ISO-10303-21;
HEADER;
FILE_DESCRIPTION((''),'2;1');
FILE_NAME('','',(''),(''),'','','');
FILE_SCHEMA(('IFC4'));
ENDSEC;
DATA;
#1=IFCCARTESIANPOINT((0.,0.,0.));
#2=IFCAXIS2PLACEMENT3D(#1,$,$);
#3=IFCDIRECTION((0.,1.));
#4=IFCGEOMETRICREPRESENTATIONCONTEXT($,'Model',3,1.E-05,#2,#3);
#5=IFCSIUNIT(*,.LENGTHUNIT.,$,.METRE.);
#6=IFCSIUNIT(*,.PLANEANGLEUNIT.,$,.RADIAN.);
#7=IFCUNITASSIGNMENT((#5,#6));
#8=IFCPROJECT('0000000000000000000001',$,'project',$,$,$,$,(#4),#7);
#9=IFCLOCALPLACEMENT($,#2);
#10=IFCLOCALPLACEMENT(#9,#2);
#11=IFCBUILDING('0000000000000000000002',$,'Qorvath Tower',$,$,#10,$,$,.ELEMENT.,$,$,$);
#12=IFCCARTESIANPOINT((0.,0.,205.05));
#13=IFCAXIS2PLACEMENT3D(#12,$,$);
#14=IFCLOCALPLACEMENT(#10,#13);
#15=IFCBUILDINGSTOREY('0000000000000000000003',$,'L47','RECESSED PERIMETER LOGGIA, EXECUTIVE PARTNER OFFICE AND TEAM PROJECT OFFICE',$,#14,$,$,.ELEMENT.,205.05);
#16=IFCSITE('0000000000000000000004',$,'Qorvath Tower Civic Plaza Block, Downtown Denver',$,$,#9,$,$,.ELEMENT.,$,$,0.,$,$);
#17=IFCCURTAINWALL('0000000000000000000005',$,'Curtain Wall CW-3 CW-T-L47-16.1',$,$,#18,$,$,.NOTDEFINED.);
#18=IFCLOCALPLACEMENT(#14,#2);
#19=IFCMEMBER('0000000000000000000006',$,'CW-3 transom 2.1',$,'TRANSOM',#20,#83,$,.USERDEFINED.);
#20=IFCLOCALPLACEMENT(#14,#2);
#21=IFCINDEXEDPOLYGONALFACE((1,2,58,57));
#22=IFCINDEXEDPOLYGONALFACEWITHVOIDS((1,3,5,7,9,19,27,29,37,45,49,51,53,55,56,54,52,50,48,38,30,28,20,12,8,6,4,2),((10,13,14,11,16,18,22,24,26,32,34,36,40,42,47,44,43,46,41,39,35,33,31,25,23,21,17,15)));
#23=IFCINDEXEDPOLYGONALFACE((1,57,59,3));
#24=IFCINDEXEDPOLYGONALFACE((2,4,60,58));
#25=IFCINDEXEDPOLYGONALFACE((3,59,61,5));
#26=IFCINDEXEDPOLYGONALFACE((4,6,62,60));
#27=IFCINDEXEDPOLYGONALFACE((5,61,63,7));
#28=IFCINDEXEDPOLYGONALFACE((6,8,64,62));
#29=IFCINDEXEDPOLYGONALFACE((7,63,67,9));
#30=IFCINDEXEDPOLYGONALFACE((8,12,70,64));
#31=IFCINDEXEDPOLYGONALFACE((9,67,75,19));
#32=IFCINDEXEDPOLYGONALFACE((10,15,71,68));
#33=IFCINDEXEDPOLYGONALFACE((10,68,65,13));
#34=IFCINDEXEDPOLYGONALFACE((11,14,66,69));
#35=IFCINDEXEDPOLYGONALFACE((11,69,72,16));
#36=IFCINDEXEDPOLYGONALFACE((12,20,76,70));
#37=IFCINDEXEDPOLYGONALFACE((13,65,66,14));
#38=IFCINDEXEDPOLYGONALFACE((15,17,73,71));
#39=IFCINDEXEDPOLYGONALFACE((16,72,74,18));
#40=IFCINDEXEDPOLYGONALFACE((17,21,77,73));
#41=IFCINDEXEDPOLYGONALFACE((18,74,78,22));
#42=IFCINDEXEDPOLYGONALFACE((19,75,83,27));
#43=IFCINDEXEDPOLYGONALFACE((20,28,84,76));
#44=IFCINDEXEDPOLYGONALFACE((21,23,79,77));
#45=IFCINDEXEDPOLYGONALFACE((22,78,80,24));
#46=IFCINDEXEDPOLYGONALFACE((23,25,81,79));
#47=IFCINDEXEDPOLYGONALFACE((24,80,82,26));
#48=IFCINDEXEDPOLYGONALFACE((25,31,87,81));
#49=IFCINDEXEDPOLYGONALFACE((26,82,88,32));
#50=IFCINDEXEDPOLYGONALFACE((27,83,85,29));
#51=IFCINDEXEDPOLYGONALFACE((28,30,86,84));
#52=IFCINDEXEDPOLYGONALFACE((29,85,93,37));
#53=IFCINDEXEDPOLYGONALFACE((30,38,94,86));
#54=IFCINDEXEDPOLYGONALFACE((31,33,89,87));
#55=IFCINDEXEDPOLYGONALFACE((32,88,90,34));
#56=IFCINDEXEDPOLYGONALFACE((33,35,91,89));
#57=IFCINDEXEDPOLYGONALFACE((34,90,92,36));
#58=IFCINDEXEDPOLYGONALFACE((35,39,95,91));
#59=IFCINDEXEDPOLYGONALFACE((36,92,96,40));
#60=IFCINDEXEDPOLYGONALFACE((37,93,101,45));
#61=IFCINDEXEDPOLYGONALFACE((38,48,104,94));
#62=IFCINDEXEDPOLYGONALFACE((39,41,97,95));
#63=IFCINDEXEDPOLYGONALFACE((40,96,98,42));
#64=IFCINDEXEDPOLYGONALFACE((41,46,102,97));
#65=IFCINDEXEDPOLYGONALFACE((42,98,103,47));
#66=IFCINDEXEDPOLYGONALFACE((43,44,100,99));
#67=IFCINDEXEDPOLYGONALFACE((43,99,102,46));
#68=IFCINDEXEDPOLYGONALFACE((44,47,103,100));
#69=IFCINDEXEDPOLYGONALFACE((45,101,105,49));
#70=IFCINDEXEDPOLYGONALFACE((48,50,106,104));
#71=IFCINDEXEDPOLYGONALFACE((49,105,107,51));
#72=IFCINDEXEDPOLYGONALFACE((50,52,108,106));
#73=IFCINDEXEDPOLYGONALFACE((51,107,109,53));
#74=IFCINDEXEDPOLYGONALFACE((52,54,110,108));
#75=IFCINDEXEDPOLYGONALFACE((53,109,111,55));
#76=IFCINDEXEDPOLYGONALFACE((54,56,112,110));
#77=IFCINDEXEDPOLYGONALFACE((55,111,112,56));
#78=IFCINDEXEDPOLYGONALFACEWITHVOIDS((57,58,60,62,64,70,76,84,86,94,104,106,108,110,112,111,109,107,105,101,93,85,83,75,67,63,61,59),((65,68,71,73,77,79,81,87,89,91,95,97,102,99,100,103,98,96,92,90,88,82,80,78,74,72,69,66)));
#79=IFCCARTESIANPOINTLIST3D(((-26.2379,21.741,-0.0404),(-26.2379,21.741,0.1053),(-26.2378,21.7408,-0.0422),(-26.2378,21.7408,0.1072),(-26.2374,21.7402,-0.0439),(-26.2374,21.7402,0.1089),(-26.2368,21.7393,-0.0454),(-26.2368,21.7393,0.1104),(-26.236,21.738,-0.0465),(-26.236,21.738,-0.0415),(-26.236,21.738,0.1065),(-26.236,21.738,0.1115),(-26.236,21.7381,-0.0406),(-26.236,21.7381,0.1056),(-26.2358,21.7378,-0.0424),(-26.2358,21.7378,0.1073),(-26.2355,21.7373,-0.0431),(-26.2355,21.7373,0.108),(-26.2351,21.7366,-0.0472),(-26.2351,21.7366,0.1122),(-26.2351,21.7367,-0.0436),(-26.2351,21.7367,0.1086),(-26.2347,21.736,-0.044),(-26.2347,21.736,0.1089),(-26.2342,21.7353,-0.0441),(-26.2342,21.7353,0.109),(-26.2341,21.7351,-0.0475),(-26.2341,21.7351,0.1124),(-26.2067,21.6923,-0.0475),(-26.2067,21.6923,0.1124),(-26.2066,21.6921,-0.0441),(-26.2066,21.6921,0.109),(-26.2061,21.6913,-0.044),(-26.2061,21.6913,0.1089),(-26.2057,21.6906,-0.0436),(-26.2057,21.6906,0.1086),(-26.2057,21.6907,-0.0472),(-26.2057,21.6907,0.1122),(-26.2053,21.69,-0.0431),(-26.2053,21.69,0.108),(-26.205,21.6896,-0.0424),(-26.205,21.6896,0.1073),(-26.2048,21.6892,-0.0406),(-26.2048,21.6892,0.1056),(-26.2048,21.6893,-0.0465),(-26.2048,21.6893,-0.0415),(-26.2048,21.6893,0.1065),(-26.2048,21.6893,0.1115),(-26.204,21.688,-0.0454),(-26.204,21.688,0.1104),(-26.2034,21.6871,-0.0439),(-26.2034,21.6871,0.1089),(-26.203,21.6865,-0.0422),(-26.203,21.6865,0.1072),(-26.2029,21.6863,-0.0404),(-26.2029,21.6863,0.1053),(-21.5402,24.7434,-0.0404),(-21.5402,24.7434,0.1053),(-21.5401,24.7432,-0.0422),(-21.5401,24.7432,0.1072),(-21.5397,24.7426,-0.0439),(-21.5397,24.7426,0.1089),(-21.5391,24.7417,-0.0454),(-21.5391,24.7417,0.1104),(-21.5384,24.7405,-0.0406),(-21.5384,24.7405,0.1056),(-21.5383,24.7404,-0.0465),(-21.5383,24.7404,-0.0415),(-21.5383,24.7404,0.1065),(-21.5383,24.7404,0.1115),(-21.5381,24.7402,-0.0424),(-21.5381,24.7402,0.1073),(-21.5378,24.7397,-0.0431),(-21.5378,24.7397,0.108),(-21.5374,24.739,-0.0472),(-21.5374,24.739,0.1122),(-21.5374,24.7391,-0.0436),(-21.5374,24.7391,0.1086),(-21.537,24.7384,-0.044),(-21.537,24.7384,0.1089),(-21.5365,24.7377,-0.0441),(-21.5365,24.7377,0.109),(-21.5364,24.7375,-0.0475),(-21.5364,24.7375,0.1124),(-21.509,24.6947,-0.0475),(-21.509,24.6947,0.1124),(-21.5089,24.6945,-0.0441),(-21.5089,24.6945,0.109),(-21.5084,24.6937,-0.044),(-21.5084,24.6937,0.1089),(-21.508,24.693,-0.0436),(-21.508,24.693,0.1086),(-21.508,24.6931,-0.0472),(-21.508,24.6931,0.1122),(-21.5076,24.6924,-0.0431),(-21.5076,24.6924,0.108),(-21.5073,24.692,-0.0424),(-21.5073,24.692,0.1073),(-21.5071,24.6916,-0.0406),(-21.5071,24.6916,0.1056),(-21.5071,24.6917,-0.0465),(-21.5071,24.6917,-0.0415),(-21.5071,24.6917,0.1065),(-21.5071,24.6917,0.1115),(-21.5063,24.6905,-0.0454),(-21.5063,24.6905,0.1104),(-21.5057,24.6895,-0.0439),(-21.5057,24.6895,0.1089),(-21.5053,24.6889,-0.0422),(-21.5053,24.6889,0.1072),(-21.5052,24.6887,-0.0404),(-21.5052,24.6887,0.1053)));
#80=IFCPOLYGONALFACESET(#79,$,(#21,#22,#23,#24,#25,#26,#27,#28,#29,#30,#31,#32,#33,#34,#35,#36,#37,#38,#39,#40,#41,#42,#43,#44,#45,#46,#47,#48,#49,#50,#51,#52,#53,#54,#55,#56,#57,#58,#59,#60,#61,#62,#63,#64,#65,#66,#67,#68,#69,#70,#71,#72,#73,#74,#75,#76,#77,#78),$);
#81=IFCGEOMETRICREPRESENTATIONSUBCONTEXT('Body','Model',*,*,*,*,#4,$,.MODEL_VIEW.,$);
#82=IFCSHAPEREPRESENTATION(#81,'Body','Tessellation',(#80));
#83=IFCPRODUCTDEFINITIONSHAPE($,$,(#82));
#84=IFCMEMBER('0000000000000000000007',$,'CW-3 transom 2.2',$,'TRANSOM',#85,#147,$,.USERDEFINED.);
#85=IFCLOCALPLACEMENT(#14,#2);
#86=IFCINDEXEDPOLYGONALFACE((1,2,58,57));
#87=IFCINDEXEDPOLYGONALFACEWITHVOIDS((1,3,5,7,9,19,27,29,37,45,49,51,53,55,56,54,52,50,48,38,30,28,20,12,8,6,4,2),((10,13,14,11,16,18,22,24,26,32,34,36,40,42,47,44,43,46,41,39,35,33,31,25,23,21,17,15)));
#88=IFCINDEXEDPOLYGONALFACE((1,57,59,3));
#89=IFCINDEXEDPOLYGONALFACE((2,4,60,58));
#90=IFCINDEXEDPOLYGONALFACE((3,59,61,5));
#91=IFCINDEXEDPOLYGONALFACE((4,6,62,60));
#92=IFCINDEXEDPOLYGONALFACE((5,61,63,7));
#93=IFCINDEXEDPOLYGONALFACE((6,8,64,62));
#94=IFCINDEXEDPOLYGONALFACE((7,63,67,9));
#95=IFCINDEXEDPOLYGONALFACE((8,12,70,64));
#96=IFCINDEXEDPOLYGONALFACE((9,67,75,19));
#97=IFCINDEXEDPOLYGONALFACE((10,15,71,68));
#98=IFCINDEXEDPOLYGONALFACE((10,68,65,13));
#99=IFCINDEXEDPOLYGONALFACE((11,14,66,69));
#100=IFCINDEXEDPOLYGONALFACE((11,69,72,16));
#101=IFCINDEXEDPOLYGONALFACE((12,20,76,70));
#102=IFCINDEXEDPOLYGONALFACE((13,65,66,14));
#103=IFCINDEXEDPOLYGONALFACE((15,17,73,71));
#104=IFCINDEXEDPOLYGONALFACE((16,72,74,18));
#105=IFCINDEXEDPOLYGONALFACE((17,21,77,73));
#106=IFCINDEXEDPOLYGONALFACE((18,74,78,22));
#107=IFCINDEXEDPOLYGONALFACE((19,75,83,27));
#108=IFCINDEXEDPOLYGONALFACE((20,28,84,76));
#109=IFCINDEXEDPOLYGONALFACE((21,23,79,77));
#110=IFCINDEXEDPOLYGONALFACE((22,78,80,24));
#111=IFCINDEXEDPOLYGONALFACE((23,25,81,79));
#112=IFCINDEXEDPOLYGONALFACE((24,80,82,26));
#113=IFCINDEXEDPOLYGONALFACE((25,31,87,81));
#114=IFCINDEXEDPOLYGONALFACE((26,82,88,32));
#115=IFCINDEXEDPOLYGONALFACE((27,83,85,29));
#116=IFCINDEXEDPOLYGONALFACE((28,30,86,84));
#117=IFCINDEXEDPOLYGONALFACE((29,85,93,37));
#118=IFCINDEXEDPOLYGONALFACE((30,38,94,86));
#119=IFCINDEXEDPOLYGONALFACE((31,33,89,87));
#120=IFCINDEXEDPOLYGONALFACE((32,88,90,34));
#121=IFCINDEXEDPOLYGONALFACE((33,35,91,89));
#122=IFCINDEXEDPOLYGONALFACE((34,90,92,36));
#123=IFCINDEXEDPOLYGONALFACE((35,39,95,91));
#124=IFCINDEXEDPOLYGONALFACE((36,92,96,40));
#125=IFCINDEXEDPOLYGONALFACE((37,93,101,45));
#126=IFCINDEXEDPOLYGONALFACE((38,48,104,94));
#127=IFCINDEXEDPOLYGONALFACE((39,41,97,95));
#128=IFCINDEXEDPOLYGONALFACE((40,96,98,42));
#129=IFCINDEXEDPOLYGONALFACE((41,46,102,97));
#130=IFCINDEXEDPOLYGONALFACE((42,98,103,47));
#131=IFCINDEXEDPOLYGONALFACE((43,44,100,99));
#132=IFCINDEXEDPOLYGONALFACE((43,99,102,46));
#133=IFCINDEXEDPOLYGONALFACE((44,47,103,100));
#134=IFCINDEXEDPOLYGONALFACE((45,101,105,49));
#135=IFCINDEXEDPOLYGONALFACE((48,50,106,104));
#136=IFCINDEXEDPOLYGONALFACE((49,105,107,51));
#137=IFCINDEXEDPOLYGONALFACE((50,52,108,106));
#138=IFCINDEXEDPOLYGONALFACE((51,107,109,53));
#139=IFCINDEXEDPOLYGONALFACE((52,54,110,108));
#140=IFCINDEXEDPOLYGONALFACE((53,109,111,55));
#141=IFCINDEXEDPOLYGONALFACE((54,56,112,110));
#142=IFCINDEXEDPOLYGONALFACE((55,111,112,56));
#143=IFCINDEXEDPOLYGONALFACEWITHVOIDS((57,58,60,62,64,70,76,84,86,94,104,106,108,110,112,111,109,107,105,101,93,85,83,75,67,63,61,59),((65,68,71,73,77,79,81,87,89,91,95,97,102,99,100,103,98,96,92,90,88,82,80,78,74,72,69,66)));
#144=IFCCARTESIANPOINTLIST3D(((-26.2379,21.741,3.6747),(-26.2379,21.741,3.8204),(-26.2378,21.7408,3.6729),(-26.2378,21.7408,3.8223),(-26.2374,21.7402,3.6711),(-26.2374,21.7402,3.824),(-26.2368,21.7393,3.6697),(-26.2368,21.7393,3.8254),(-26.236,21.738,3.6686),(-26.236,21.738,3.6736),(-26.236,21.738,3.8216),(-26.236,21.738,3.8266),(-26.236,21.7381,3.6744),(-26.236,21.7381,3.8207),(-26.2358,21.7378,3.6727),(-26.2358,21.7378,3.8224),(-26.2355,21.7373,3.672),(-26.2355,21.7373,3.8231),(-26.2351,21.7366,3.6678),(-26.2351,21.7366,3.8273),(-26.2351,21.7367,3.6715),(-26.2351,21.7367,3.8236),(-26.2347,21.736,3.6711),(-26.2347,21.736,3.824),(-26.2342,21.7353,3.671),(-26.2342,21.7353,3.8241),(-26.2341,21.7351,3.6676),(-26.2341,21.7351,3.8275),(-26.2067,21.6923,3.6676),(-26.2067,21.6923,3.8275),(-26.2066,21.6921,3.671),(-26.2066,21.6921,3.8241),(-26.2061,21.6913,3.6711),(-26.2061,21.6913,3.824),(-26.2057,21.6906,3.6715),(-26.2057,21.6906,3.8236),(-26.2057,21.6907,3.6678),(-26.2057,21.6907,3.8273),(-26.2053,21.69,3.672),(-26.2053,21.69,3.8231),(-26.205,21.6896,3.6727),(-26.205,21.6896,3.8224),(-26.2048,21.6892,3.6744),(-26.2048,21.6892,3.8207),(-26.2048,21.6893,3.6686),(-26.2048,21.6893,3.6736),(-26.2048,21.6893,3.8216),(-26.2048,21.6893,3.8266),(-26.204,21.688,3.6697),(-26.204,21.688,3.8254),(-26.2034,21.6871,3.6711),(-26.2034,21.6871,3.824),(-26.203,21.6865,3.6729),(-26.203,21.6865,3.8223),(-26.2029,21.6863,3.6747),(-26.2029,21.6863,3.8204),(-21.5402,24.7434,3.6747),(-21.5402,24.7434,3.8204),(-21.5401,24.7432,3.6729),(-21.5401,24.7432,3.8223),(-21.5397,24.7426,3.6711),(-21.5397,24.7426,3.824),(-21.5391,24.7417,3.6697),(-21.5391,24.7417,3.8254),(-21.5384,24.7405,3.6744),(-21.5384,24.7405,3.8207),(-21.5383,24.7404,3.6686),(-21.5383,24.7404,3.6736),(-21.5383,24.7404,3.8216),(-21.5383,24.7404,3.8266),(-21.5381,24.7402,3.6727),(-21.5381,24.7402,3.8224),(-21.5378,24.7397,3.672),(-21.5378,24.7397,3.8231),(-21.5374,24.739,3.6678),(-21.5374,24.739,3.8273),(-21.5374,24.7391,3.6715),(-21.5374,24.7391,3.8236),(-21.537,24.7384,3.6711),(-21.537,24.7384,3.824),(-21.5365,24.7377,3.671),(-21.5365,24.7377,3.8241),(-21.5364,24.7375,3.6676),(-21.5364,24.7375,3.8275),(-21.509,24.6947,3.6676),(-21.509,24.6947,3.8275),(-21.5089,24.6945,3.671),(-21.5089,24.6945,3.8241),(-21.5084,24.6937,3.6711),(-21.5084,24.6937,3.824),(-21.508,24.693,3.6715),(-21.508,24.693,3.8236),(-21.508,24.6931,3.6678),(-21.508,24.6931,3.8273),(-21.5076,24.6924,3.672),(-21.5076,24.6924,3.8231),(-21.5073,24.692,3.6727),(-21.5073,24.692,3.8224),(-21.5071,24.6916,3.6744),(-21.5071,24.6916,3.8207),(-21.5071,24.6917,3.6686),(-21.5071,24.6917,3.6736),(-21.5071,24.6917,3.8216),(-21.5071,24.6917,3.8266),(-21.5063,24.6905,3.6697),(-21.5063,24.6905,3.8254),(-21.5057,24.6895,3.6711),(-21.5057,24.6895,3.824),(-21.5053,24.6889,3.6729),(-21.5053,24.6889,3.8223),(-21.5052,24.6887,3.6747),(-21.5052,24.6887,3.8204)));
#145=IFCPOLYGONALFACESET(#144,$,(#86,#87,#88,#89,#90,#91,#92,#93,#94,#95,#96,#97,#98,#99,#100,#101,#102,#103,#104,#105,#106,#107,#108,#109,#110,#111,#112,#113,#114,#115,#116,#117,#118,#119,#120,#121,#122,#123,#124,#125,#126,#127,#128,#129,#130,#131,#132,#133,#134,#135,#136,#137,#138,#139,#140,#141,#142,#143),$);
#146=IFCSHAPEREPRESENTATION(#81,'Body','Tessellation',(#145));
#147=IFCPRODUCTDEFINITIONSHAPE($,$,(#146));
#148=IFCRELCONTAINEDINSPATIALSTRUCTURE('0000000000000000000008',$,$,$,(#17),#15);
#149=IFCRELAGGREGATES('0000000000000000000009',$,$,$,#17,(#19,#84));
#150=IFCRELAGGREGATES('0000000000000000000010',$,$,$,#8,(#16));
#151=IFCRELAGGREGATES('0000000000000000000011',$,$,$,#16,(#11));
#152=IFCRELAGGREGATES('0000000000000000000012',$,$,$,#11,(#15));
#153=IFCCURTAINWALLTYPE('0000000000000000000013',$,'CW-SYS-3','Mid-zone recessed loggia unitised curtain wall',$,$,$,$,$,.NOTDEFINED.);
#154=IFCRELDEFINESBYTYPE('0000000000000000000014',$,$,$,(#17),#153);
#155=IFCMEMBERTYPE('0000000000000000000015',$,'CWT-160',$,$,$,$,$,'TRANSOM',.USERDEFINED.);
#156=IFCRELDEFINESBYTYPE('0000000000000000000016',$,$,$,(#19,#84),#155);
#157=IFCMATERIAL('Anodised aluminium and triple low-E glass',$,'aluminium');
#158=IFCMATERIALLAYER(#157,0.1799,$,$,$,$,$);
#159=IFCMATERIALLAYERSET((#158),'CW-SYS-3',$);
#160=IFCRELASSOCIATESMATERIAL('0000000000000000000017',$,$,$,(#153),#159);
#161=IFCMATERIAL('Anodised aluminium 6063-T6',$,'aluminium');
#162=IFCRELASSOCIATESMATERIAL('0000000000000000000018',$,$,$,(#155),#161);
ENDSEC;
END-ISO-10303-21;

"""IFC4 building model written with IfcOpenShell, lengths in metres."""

from ifc_helpers import new_model, si_unit, direction, frame, origin, origin_2d, place, context, subcontext, project, spatial, hollow_rectangle, extrude, material, layer, layer_set, material_profile, profile_set, type_object, element, aggregate, save


model = new_model("IFC4")

# Units and contexts
model_context = context("Model", 3, precision=1e-05, world=origin(), true_north=direction((0.0, 1.0)))
body_context = subcontext(model_context, "Body", "Model", "MODEL_VIEW")
ifc_project = project(units=[si_unit("LENGTHUNIT", "METRE"), si_unit("PLANEANGLEUNIT", "RADIAN")], contexts=[model_context])

# Site, building, storey
site_placement = place(None, origin())
site = spatial("IfcSite", under=ifc_project, at=site_placement, Name="Qorvath Tower Civic Plaza Block, Downtown Denver", CompositionType="ELEMENT", RefElevation=0.0)
building_placement = place(site_placement, origin())
building = spatial("IfcBuilding", under=site, at=building_placement, Name="Qorvath Tower", CompositionType="ELEMENT")
storey_placement = place(building_placement, frame((0.0, 0.0, 205.05)))
storey = spatial("IfcBuildingStorey", under=building, at=storey_placement, Name="L47", Description="RECESSED PERIMETER LOGGIA, EXECUTIVE PARTNER OFFICE AND TEAM PROJECT OFFICE", CompositionType="ELEMENT", Elevation=205.05)

# Curtain wall, members
ifc_material_1 = material(Name="Anodised aluminium and triple low-E glass", Category="aluminium")
ifc_layer_1 = layer(ifc_material_1, 0.1799)
ifc_layer_set_1 = layer_set([ifc_layer_1], Name="CW-SYS-3")
curtain_wall_type = type_object("IfcCurtainWallType", Name="CW-SYS-3", Description="Mid-zone recessed loggia unitised curtain wall", PredefinedType="NOTDEFINED", material=ifc_layer_set_1)
curtain_wall_placement = place(storey_placement, origin())
curtain_wall = element("IfcCurtainWall", 1, at=curtain_wall_placement, inside=storey, type_object=curtain_wall_type, Name="Curtain Wall CW-3 CW-T-L47-16.1", PredefinedType="NOTDEFINED")
ifc_material_2 = material(Name="Anodised aluminium 6063-T6", Category="aluminium")
ifc_material_profile_1 = material_profile(ifc_material_2, hollow_rectangle(XDim=0.0649, YDim=0.1599, WallThickness=0.0034, InnerFilletRadius=0.0034, OuterFilletRadius=0.0071, at=origin_2d()), Name="CWT 160x65")
ifc_profile_set_1 = profile_set([ifc_material_profile_1], Name="Anodised aluminium 6063-T6")
member_type_1 = type_object("IfcMemberType", Name="CWT-160", ElementType="TRANSOM", PredefinedType="USERDEFINED", material=ifc_profile_set_1)
member_1_placement = place(storey_placement, frame((-21.5227, 24.7161, 0.0325), z_axis=(-0.842607, -0.538529, 0.0), x_axis=(0.538529, -0.842607, 0.0)))
member_1 = element("IfcMember", 2, at=member_1_placement, type_object=member_type_1, Name="CW-3 transom 2.1", ObjectType="TRANSOM", PredefinedType="USERDEFINED", context=body_context, shape_type="SweptSolid", body=[
    extrude(hollow_rectangle(XDim=0.0649, YDim=0.1599, WallThickness=0.0034, InnerFilletRadius=0.0034, OuterFilletRadius=0.0071, at=origin_2d()), origin(), (0.0, 0.0, 1.0), 5.5752),
])
member_2_placement = place(storey_placement, frame((-21.5227, 24.7161, 3.7476), z_axis=(-0.842607, -0.538529, 0.0), x_axis=(0.538529, -0.842607, 0.0)))
member_2 = element("IfcMember", 3, at=member_2_placement, type_object=member_type_1, Name="CW-3 transom 2.2", ObjectType="TRANSOM", PredefinedType="USERDEFINED", context=body_context, shape_type="SweptSolid", body=[
    extrude(hollow_rectangle(XDim=0.0649, YDim=0.1599, WallThickness=0.0034, InnerFilletRadius=0.0034, OuterFilletRadius=0.0071, at=origin_2d()), origin(), (0.0, 0.0, 1.0), 5.5752),
])
aggregate(curtain_wall, [member_1, member_2])

save(model, "model.ifc")
